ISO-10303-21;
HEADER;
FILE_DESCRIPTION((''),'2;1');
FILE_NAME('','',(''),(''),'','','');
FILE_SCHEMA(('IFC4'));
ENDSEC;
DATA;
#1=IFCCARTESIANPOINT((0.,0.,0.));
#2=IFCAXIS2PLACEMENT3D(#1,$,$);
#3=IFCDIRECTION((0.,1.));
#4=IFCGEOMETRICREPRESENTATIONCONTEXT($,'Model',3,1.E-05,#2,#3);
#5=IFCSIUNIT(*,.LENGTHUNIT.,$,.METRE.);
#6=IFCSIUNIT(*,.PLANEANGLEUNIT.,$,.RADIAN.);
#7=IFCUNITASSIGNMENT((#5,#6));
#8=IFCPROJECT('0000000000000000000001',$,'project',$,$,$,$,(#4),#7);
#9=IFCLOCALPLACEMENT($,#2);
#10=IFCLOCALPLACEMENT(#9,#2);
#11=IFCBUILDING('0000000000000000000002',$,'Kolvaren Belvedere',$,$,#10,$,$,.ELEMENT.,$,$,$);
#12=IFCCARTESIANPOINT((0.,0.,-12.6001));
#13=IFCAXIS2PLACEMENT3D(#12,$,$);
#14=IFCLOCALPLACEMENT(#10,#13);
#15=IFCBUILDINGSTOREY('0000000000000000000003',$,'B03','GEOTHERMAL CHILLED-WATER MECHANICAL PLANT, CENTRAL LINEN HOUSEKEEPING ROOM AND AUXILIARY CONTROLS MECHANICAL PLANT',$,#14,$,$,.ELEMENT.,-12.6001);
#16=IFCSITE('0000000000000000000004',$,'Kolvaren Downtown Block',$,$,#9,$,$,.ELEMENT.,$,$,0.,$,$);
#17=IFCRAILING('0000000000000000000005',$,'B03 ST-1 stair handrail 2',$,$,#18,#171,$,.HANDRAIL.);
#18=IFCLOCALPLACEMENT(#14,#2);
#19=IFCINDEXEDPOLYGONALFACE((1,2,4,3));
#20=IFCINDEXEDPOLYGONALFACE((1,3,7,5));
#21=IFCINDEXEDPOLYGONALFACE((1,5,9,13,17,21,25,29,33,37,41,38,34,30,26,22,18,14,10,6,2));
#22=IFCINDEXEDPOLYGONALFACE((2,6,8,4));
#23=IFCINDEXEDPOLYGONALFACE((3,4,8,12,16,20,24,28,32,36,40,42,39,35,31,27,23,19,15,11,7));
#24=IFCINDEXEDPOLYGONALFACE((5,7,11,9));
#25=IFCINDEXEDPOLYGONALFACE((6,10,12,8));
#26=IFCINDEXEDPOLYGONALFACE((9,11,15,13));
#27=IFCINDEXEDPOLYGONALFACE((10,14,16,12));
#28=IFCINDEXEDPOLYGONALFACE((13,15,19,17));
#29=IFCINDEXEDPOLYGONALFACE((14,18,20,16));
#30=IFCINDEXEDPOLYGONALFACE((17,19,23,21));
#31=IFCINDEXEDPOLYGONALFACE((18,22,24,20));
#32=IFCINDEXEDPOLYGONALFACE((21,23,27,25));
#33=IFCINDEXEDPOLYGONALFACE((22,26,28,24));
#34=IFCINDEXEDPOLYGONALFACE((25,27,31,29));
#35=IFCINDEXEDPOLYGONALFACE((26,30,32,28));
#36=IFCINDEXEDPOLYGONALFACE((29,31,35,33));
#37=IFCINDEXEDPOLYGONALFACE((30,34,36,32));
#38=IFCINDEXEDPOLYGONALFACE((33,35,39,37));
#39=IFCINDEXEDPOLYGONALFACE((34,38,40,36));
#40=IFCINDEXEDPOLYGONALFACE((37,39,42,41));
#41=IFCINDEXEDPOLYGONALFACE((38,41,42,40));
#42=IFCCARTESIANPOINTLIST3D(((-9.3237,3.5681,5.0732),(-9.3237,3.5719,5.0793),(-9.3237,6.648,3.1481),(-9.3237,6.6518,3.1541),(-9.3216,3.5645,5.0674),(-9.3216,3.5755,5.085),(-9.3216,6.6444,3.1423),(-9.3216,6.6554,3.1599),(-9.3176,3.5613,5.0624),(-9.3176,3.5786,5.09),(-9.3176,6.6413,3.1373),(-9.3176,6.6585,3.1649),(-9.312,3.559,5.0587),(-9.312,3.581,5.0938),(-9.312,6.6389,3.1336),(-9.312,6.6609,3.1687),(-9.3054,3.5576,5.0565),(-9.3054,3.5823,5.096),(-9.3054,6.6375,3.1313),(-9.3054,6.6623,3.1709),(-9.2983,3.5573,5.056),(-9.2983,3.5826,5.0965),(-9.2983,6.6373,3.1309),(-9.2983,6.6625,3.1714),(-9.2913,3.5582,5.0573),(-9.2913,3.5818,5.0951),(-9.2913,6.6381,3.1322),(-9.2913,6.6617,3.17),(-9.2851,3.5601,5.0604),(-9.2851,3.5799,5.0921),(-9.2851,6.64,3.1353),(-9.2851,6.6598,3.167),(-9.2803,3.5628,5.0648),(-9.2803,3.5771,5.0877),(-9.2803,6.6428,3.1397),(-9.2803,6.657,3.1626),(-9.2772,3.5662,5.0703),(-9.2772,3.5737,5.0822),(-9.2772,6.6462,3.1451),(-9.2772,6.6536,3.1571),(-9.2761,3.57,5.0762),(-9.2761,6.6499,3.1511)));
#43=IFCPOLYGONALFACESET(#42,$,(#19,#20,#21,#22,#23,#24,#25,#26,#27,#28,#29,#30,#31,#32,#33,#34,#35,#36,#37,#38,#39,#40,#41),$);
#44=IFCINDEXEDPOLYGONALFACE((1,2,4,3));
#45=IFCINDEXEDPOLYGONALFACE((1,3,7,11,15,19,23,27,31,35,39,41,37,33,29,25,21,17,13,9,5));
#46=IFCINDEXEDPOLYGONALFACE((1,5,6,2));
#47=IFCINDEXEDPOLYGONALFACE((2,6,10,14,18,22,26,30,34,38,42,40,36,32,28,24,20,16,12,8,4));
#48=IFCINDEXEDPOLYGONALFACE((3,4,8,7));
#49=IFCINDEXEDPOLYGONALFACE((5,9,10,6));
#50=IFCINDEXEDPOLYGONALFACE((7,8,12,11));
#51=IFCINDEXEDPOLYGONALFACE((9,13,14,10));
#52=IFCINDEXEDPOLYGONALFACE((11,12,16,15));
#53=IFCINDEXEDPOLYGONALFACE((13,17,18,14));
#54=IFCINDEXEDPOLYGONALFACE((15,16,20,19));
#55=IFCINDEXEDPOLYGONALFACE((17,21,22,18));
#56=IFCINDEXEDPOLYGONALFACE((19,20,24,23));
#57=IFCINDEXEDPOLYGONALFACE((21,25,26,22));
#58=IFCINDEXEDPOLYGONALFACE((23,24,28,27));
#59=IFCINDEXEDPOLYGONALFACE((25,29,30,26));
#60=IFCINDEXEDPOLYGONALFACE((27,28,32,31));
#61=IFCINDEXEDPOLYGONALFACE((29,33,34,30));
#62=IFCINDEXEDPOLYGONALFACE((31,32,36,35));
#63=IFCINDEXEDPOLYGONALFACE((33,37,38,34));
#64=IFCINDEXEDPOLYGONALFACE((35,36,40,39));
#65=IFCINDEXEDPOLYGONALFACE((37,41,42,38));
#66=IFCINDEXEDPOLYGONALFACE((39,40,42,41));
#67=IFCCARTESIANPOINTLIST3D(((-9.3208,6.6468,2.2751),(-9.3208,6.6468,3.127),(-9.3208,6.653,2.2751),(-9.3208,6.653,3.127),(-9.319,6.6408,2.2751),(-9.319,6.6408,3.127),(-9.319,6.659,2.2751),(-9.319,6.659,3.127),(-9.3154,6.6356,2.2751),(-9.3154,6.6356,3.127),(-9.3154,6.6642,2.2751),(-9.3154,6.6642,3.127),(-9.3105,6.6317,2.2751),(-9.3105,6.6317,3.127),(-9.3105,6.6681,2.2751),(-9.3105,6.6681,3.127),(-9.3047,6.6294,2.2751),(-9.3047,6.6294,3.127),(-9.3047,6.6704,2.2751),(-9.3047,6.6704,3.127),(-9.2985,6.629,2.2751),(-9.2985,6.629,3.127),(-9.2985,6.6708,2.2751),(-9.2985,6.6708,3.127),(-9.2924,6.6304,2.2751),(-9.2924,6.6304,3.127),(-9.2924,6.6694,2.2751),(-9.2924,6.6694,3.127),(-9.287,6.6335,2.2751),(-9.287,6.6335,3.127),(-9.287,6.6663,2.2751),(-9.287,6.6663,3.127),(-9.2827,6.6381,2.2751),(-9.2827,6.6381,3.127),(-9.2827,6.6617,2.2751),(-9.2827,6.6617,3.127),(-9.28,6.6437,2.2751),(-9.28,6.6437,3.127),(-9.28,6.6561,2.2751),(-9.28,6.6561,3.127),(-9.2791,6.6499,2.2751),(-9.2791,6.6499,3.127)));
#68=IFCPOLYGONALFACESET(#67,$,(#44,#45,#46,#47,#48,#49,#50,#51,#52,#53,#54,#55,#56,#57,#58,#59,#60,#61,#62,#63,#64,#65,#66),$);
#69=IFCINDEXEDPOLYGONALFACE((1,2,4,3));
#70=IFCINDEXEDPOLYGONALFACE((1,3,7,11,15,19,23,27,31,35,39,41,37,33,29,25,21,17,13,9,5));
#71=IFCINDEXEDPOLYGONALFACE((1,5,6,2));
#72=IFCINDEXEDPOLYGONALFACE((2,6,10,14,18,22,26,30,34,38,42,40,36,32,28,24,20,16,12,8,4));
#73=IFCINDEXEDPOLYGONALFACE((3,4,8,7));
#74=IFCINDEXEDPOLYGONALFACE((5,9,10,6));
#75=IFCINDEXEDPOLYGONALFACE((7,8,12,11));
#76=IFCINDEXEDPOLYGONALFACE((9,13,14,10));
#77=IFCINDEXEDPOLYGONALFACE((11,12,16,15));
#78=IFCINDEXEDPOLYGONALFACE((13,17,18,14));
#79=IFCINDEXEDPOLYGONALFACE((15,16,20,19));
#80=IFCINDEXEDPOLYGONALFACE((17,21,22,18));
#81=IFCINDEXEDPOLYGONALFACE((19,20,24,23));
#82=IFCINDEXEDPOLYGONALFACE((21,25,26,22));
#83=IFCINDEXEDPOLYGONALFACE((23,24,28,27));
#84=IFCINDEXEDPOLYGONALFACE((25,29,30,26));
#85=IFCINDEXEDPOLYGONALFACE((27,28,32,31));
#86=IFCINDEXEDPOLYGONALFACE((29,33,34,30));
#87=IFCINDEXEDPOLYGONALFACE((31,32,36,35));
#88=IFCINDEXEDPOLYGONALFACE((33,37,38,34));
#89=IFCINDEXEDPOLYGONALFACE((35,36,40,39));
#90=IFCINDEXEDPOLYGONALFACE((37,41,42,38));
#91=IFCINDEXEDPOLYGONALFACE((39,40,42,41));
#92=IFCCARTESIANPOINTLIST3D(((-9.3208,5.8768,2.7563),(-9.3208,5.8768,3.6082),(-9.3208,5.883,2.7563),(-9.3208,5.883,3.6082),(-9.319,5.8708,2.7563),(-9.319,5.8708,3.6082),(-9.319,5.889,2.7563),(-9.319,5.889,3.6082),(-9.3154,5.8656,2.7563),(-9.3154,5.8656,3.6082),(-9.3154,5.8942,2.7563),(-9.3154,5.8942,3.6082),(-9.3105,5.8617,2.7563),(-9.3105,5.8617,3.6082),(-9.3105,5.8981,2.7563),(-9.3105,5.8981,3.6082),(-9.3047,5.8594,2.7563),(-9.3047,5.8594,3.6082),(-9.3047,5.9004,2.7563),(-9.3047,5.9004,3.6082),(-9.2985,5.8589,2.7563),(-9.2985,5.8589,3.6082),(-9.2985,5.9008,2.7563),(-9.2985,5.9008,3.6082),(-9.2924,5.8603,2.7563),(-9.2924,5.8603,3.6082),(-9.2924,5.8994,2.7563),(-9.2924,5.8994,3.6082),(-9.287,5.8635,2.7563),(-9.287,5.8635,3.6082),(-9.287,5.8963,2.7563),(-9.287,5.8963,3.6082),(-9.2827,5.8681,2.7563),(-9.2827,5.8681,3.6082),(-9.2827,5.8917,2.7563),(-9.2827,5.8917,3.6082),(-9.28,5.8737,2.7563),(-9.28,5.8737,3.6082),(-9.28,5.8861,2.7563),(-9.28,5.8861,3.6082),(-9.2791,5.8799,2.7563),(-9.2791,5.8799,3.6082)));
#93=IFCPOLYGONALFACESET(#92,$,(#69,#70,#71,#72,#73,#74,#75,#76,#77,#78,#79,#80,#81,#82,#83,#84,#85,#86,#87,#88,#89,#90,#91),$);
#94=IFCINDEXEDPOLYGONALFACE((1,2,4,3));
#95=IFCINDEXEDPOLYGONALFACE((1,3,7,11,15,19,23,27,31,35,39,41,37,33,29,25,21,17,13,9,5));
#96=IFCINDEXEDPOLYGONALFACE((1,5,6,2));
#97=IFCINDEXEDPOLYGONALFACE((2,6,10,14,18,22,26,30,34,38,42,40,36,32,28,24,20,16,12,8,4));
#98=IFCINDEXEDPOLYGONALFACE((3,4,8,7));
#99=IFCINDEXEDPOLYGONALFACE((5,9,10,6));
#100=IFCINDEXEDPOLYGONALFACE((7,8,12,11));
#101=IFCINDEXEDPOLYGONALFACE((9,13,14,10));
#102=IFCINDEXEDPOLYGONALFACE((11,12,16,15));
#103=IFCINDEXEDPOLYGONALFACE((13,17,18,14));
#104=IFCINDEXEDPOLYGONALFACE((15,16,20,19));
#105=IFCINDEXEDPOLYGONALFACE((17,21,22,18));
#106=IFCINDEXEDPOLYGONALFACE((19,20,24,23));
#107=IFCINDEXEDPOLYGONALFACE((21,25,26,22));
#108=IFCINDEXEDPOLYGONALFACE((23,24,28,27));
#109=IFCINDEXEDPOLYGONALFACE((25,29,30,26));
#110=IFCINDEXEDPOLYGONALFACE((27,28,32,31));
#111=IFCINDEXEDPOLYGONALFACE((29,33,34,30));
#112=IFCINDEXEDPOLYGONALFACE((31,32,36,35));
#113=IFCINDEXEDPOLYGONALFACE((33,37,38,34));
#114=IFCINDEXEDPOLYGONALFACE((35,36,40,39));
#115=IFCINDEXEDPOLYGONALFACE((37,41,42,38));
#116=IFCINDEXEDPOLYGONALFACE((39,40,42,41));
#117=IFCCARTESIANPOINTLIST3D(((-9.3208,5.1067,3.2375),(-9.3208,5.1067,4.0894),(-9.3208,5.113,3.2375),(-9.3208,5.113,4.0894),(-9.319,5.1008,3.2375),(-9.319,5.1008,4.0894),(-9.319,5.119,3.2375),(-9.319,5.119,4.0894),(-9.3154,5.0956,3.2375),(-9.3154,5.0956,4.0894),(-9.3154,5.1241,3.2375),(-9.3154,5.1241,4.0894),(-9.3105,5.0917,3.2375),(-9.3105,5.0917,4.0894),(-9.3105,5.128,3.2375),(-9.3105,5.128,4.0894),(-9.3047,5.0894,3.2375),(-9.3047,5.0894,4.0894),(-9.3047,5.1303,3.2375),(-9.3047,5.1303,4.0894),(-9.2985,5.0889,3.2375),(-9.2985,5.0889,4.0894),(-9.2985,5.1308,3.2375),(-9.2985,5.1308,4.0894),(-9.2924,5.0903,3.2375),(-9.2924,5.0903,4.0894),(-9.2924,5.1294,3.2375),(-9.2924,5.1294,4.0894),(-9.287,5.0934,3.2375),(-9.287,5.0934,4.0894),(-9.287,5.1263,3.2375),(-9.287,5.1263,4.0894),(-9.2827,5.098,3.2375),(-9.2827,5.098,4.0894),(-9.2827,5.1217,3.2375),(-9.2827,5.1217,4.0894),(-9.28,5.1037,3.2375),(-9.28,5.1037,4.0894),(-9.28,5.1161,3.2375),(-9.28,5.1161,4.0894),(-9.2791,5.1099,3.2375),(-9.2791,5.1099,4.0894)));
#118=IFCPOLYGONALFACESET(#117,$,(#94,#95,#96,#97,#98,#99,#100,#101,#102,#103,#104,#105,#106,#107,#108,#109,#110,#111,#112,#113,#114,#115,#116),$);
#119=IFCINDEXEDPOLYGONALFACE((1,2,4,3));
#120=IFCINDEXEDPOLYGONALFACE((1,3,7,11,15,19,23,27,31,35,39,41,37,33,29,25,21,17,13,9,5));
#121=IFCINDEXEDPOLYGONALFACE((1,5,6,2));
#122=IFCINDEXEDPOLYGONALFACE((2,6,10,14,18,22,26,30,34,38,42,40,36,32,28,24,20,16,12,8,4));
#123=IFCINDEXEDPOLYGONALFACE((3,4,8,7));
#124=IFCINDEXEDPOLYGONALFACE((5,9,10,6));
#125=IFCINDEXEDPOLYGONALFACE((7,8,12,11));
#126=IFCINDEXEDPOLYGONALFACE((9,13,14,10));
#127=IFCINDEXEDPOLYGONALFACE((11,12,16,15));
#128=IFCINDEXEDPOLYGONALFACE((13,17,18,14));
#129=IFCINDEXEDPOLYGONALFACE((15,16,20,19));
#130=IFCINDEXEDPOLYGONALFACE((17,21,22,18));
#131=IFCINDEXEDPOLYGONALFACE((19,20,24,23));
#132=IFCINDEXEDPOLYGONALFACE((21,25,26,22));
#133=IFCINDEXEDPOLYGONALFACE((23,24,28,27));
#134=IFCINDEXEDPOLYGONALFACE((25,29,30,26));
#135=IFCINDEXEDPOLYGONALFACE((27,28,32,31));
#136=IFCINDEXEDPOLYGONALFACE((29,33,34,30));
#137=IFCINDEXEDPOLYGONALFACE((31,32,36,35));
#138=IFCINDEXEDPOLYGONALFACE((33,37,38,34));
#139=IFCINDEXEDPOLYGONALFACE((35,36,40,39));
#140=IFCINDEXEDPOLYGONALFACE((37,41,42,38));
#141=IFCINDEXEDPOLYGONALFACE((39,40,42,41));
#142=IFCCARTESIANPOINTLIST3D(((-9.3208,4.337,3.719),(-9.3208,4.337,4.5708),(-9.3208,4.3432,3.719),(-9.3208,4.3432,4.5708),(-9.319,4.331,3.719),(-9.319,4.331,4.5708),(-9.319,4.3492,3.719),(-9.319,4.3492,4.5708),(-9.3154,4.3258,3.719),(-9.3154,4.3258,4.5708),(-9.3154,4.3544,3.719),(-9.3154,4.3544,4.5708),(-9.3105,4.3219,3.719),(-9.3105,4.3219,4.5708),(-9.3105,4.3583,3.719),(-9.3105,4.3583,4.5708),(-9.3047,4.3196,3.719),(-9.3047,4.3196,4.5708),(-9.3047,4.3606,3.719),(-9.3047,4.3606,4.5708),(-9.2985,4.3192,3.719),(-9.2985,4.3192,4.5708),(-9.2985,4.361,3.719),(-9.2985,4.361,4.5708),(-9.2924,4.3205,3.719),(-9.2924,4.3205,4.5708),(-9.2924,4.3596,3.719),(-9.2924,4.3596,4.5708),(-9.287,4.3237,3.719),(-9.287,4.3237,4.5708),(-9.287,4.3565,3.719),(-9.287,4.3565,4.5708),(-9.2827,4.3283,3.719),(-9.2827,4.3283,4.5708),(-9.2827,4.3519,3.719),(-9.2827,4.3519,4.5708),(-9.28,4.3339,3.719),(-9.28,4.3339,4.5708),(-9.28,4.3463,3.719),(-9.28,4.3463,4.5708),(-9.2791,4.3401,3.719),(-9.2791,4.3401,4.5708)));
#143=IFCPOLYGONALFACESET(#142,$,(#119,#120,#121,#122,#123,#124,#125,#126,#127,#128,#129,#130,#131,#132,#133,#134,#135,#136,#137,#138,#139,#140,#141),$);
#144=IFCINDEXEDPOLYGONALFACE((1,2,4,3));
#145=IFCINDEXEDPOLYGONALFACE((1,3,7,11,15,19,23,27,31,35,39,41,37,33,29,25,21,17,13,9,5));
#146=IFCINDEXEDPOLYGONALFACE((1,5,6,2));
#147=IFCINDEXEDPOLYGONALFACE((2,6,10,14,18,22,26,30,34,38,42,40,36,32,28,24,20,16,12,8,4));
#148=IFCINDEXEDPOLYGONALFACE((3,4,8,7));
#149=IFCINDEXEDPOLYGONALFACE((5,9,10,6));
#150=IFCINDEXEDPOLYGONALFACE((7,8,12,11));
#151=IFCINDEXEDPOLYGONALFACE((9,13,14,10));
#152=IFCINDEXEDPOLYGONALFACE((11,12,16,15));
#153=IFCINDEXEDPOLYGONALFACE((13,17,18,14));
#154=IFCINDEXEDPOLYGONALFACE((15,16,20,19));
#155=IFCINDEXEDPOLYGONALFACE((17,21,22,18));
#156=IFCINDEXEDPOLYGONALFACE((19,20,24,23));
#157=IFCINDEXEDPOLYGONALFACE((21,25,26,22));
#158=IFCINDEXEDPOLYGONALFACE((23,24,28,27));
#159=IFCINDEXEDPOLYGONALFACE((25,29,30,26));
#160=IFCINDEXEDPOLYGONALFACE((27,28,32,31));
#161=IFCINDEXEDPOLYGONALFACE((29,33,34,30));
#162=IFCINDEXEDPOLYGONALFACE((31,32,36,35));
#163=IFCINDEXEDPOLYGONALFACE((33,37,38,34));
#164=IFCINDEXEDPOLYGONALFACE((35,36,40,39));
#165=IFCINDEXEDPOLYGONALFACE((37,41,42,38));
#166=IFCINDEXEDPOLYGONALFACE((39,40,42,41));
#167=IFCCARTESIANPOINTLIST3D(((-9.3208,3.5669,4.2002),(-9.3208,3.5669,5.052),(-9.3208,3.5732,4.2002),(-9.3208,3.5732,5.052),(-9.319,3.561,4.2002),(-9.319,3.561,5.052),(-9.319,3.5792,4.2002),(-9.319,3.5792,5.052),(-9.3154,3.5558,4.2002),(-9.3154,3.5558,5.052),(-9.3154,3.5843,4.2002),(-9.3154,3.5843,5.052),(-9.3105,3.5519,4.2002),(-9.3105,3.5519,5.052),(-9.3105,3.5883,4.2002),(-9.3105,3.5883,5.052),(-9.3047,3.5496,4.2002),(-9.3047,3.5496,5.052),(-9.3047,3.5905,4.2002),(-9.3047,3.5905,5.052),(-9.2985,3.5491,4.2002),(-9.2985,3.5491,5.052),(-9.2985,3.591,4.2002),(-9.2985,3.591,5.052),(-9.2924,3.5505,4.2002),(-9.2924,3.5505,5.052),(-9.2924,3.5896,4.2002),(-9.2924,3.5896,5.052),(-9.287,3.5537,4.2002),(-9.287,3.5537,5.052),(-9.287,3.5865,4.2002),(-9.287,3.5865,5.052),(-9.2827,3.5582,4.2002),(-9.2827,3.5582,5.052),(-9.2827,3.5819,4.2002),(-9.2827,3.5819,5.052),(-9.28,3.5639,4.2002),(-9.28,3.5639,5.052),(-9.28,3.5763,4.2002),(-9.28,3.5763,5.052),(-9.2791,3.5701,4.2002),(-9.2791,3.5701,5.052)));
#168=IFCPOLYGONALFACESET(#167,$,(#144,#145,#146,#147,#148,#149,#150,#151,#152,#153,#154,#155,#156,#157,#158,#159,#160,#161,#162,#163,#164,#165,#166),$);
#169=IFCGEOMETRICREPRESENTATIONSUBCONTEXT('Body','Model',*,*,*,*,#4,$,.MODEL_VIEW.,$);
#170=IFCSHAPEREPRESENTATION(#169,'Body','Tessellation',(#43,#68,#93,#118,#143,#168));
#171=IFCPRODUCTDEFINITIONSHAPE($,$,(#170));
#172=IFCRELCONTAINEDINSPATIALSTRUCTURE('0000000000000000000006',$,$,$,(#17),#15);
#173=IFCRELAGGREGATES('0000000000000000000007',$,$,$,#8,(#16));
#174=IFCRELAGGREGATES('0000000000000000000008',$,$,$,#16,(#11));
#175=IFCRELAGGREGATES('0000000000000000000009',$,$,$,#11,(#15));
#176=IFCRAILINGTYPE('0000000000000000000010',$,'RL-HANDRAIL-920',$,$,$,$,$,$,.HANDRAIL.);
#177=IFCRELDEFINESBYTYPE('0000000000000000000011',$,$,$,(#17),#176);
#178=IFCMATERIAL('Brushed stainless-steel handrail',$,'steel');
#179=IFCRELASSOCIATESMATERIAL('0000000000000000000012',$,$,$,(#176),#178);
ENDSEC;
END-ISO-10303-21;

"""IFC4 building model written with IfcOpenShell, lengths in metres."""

from ifc_helpers import new_model, si_unit, direction, frame, origin, origin_2d, place, context, subcontext, project, spatial, circle, extrude, material, type_object, element, save


model = new_model("IFC4")

# Units and contexts
model_context = context("Model", 3, precision=1e-05, world=origin(), true_north=direction((0.0, 1.0)))
body_context = subcontext(model_context, "Body", "Model", "MODEL_VIEW")
ifc_project = project(units=[si_unit("LENGTHUNIT", "METRE"), si_unit("PLANEANGLEUNIT", "RADIAN")], contexts=[model_context])

# Site, building, storey
site_placement = place(None, origin())
site = spatial("IfcSite", under=ifc_project, at=site_placement, Name="Kolvaren Downtown Block", CompositionType="ELEMENT", RefElevation=0.0)
building_placement = place(site_placement, origin())
building = spatial("IfcBuilding", under=site, at=building_placement, Name="Kolvaren Belvedere", CompositionType="ELEMENT")
storey_placement = place(building_placement, frame((0.0, 0.0, -12.6001)))
storey = spatial("IfcBuildingStorey", under=building, at=storey_placement, Name="B03", Description="GEOTHERMAL CHILLED-WATER MECHANICAL PLANT, CENTRAL LINEN HOUSEKEEPING ROOM AND AUXILIARY CONTROLS MECHANICAL PLANT", CompositionType="ELEMENT", Elevation=-12.6001)

# Railing
ifc_material_1 = material(Name="Brushed stainless-steel handrail", Category="steel")
railing_type_1 = type_object("IfcRailingType", Name="RL-HANDRAIL-920", PredefinedType="HANDRAIL", material=ifc_material_1)
railing_1_placement = place(storey_placement, frame((-9.3, 6.6499, 2.2751)))
element("IfcRailing", 1, at=railing_1_placement, inside=storey, type_object=railing_type_1, Name="B03 ST-1 stair handrail 2", PredefinedType="HANDRAIL", context=body_context, shape_type="SweptSolid", body=[
    extrude(circle(Radius=0.0239, at=origin_2d()), frame((0.0, 0.0, 0.876), z_axis=(0.0, -0.847979, 0.530029), x_axis=(1.0, 0.0, 0.0)), (0.0, 0.0, 1.0), 3.6321),
    extrude(circle(Radius=0.021, at=origin_2d()), origin(), (0.0, 0.0, 1.0), 0.8518),
    extrude(circle(Radius=0.021, at=origin_2d()), frame((0.0, -0.77, 0.4812)), (0.0, 0.0, 1.0), 0.8518),
    extrude(circle(Radius=0.021, at=origin_2d()), frame((0.0, -1.54, 0.9624)), (0.0, 0.0, 1.0), 0.8518),
    extrude(circle(Radius=0.021, at=origin_2d()), frame((0.0, -2.3098, 1.4438)), (0.0, 0.0, 1.0), 0.8518),
    extrude(circle(Radius=0.021, at=origin_2d()), frame((0.0, -3.0798, 1.925)), (0.0, 0.0, 1.0), 0.8518),
])

save(model, "model.ifc")
